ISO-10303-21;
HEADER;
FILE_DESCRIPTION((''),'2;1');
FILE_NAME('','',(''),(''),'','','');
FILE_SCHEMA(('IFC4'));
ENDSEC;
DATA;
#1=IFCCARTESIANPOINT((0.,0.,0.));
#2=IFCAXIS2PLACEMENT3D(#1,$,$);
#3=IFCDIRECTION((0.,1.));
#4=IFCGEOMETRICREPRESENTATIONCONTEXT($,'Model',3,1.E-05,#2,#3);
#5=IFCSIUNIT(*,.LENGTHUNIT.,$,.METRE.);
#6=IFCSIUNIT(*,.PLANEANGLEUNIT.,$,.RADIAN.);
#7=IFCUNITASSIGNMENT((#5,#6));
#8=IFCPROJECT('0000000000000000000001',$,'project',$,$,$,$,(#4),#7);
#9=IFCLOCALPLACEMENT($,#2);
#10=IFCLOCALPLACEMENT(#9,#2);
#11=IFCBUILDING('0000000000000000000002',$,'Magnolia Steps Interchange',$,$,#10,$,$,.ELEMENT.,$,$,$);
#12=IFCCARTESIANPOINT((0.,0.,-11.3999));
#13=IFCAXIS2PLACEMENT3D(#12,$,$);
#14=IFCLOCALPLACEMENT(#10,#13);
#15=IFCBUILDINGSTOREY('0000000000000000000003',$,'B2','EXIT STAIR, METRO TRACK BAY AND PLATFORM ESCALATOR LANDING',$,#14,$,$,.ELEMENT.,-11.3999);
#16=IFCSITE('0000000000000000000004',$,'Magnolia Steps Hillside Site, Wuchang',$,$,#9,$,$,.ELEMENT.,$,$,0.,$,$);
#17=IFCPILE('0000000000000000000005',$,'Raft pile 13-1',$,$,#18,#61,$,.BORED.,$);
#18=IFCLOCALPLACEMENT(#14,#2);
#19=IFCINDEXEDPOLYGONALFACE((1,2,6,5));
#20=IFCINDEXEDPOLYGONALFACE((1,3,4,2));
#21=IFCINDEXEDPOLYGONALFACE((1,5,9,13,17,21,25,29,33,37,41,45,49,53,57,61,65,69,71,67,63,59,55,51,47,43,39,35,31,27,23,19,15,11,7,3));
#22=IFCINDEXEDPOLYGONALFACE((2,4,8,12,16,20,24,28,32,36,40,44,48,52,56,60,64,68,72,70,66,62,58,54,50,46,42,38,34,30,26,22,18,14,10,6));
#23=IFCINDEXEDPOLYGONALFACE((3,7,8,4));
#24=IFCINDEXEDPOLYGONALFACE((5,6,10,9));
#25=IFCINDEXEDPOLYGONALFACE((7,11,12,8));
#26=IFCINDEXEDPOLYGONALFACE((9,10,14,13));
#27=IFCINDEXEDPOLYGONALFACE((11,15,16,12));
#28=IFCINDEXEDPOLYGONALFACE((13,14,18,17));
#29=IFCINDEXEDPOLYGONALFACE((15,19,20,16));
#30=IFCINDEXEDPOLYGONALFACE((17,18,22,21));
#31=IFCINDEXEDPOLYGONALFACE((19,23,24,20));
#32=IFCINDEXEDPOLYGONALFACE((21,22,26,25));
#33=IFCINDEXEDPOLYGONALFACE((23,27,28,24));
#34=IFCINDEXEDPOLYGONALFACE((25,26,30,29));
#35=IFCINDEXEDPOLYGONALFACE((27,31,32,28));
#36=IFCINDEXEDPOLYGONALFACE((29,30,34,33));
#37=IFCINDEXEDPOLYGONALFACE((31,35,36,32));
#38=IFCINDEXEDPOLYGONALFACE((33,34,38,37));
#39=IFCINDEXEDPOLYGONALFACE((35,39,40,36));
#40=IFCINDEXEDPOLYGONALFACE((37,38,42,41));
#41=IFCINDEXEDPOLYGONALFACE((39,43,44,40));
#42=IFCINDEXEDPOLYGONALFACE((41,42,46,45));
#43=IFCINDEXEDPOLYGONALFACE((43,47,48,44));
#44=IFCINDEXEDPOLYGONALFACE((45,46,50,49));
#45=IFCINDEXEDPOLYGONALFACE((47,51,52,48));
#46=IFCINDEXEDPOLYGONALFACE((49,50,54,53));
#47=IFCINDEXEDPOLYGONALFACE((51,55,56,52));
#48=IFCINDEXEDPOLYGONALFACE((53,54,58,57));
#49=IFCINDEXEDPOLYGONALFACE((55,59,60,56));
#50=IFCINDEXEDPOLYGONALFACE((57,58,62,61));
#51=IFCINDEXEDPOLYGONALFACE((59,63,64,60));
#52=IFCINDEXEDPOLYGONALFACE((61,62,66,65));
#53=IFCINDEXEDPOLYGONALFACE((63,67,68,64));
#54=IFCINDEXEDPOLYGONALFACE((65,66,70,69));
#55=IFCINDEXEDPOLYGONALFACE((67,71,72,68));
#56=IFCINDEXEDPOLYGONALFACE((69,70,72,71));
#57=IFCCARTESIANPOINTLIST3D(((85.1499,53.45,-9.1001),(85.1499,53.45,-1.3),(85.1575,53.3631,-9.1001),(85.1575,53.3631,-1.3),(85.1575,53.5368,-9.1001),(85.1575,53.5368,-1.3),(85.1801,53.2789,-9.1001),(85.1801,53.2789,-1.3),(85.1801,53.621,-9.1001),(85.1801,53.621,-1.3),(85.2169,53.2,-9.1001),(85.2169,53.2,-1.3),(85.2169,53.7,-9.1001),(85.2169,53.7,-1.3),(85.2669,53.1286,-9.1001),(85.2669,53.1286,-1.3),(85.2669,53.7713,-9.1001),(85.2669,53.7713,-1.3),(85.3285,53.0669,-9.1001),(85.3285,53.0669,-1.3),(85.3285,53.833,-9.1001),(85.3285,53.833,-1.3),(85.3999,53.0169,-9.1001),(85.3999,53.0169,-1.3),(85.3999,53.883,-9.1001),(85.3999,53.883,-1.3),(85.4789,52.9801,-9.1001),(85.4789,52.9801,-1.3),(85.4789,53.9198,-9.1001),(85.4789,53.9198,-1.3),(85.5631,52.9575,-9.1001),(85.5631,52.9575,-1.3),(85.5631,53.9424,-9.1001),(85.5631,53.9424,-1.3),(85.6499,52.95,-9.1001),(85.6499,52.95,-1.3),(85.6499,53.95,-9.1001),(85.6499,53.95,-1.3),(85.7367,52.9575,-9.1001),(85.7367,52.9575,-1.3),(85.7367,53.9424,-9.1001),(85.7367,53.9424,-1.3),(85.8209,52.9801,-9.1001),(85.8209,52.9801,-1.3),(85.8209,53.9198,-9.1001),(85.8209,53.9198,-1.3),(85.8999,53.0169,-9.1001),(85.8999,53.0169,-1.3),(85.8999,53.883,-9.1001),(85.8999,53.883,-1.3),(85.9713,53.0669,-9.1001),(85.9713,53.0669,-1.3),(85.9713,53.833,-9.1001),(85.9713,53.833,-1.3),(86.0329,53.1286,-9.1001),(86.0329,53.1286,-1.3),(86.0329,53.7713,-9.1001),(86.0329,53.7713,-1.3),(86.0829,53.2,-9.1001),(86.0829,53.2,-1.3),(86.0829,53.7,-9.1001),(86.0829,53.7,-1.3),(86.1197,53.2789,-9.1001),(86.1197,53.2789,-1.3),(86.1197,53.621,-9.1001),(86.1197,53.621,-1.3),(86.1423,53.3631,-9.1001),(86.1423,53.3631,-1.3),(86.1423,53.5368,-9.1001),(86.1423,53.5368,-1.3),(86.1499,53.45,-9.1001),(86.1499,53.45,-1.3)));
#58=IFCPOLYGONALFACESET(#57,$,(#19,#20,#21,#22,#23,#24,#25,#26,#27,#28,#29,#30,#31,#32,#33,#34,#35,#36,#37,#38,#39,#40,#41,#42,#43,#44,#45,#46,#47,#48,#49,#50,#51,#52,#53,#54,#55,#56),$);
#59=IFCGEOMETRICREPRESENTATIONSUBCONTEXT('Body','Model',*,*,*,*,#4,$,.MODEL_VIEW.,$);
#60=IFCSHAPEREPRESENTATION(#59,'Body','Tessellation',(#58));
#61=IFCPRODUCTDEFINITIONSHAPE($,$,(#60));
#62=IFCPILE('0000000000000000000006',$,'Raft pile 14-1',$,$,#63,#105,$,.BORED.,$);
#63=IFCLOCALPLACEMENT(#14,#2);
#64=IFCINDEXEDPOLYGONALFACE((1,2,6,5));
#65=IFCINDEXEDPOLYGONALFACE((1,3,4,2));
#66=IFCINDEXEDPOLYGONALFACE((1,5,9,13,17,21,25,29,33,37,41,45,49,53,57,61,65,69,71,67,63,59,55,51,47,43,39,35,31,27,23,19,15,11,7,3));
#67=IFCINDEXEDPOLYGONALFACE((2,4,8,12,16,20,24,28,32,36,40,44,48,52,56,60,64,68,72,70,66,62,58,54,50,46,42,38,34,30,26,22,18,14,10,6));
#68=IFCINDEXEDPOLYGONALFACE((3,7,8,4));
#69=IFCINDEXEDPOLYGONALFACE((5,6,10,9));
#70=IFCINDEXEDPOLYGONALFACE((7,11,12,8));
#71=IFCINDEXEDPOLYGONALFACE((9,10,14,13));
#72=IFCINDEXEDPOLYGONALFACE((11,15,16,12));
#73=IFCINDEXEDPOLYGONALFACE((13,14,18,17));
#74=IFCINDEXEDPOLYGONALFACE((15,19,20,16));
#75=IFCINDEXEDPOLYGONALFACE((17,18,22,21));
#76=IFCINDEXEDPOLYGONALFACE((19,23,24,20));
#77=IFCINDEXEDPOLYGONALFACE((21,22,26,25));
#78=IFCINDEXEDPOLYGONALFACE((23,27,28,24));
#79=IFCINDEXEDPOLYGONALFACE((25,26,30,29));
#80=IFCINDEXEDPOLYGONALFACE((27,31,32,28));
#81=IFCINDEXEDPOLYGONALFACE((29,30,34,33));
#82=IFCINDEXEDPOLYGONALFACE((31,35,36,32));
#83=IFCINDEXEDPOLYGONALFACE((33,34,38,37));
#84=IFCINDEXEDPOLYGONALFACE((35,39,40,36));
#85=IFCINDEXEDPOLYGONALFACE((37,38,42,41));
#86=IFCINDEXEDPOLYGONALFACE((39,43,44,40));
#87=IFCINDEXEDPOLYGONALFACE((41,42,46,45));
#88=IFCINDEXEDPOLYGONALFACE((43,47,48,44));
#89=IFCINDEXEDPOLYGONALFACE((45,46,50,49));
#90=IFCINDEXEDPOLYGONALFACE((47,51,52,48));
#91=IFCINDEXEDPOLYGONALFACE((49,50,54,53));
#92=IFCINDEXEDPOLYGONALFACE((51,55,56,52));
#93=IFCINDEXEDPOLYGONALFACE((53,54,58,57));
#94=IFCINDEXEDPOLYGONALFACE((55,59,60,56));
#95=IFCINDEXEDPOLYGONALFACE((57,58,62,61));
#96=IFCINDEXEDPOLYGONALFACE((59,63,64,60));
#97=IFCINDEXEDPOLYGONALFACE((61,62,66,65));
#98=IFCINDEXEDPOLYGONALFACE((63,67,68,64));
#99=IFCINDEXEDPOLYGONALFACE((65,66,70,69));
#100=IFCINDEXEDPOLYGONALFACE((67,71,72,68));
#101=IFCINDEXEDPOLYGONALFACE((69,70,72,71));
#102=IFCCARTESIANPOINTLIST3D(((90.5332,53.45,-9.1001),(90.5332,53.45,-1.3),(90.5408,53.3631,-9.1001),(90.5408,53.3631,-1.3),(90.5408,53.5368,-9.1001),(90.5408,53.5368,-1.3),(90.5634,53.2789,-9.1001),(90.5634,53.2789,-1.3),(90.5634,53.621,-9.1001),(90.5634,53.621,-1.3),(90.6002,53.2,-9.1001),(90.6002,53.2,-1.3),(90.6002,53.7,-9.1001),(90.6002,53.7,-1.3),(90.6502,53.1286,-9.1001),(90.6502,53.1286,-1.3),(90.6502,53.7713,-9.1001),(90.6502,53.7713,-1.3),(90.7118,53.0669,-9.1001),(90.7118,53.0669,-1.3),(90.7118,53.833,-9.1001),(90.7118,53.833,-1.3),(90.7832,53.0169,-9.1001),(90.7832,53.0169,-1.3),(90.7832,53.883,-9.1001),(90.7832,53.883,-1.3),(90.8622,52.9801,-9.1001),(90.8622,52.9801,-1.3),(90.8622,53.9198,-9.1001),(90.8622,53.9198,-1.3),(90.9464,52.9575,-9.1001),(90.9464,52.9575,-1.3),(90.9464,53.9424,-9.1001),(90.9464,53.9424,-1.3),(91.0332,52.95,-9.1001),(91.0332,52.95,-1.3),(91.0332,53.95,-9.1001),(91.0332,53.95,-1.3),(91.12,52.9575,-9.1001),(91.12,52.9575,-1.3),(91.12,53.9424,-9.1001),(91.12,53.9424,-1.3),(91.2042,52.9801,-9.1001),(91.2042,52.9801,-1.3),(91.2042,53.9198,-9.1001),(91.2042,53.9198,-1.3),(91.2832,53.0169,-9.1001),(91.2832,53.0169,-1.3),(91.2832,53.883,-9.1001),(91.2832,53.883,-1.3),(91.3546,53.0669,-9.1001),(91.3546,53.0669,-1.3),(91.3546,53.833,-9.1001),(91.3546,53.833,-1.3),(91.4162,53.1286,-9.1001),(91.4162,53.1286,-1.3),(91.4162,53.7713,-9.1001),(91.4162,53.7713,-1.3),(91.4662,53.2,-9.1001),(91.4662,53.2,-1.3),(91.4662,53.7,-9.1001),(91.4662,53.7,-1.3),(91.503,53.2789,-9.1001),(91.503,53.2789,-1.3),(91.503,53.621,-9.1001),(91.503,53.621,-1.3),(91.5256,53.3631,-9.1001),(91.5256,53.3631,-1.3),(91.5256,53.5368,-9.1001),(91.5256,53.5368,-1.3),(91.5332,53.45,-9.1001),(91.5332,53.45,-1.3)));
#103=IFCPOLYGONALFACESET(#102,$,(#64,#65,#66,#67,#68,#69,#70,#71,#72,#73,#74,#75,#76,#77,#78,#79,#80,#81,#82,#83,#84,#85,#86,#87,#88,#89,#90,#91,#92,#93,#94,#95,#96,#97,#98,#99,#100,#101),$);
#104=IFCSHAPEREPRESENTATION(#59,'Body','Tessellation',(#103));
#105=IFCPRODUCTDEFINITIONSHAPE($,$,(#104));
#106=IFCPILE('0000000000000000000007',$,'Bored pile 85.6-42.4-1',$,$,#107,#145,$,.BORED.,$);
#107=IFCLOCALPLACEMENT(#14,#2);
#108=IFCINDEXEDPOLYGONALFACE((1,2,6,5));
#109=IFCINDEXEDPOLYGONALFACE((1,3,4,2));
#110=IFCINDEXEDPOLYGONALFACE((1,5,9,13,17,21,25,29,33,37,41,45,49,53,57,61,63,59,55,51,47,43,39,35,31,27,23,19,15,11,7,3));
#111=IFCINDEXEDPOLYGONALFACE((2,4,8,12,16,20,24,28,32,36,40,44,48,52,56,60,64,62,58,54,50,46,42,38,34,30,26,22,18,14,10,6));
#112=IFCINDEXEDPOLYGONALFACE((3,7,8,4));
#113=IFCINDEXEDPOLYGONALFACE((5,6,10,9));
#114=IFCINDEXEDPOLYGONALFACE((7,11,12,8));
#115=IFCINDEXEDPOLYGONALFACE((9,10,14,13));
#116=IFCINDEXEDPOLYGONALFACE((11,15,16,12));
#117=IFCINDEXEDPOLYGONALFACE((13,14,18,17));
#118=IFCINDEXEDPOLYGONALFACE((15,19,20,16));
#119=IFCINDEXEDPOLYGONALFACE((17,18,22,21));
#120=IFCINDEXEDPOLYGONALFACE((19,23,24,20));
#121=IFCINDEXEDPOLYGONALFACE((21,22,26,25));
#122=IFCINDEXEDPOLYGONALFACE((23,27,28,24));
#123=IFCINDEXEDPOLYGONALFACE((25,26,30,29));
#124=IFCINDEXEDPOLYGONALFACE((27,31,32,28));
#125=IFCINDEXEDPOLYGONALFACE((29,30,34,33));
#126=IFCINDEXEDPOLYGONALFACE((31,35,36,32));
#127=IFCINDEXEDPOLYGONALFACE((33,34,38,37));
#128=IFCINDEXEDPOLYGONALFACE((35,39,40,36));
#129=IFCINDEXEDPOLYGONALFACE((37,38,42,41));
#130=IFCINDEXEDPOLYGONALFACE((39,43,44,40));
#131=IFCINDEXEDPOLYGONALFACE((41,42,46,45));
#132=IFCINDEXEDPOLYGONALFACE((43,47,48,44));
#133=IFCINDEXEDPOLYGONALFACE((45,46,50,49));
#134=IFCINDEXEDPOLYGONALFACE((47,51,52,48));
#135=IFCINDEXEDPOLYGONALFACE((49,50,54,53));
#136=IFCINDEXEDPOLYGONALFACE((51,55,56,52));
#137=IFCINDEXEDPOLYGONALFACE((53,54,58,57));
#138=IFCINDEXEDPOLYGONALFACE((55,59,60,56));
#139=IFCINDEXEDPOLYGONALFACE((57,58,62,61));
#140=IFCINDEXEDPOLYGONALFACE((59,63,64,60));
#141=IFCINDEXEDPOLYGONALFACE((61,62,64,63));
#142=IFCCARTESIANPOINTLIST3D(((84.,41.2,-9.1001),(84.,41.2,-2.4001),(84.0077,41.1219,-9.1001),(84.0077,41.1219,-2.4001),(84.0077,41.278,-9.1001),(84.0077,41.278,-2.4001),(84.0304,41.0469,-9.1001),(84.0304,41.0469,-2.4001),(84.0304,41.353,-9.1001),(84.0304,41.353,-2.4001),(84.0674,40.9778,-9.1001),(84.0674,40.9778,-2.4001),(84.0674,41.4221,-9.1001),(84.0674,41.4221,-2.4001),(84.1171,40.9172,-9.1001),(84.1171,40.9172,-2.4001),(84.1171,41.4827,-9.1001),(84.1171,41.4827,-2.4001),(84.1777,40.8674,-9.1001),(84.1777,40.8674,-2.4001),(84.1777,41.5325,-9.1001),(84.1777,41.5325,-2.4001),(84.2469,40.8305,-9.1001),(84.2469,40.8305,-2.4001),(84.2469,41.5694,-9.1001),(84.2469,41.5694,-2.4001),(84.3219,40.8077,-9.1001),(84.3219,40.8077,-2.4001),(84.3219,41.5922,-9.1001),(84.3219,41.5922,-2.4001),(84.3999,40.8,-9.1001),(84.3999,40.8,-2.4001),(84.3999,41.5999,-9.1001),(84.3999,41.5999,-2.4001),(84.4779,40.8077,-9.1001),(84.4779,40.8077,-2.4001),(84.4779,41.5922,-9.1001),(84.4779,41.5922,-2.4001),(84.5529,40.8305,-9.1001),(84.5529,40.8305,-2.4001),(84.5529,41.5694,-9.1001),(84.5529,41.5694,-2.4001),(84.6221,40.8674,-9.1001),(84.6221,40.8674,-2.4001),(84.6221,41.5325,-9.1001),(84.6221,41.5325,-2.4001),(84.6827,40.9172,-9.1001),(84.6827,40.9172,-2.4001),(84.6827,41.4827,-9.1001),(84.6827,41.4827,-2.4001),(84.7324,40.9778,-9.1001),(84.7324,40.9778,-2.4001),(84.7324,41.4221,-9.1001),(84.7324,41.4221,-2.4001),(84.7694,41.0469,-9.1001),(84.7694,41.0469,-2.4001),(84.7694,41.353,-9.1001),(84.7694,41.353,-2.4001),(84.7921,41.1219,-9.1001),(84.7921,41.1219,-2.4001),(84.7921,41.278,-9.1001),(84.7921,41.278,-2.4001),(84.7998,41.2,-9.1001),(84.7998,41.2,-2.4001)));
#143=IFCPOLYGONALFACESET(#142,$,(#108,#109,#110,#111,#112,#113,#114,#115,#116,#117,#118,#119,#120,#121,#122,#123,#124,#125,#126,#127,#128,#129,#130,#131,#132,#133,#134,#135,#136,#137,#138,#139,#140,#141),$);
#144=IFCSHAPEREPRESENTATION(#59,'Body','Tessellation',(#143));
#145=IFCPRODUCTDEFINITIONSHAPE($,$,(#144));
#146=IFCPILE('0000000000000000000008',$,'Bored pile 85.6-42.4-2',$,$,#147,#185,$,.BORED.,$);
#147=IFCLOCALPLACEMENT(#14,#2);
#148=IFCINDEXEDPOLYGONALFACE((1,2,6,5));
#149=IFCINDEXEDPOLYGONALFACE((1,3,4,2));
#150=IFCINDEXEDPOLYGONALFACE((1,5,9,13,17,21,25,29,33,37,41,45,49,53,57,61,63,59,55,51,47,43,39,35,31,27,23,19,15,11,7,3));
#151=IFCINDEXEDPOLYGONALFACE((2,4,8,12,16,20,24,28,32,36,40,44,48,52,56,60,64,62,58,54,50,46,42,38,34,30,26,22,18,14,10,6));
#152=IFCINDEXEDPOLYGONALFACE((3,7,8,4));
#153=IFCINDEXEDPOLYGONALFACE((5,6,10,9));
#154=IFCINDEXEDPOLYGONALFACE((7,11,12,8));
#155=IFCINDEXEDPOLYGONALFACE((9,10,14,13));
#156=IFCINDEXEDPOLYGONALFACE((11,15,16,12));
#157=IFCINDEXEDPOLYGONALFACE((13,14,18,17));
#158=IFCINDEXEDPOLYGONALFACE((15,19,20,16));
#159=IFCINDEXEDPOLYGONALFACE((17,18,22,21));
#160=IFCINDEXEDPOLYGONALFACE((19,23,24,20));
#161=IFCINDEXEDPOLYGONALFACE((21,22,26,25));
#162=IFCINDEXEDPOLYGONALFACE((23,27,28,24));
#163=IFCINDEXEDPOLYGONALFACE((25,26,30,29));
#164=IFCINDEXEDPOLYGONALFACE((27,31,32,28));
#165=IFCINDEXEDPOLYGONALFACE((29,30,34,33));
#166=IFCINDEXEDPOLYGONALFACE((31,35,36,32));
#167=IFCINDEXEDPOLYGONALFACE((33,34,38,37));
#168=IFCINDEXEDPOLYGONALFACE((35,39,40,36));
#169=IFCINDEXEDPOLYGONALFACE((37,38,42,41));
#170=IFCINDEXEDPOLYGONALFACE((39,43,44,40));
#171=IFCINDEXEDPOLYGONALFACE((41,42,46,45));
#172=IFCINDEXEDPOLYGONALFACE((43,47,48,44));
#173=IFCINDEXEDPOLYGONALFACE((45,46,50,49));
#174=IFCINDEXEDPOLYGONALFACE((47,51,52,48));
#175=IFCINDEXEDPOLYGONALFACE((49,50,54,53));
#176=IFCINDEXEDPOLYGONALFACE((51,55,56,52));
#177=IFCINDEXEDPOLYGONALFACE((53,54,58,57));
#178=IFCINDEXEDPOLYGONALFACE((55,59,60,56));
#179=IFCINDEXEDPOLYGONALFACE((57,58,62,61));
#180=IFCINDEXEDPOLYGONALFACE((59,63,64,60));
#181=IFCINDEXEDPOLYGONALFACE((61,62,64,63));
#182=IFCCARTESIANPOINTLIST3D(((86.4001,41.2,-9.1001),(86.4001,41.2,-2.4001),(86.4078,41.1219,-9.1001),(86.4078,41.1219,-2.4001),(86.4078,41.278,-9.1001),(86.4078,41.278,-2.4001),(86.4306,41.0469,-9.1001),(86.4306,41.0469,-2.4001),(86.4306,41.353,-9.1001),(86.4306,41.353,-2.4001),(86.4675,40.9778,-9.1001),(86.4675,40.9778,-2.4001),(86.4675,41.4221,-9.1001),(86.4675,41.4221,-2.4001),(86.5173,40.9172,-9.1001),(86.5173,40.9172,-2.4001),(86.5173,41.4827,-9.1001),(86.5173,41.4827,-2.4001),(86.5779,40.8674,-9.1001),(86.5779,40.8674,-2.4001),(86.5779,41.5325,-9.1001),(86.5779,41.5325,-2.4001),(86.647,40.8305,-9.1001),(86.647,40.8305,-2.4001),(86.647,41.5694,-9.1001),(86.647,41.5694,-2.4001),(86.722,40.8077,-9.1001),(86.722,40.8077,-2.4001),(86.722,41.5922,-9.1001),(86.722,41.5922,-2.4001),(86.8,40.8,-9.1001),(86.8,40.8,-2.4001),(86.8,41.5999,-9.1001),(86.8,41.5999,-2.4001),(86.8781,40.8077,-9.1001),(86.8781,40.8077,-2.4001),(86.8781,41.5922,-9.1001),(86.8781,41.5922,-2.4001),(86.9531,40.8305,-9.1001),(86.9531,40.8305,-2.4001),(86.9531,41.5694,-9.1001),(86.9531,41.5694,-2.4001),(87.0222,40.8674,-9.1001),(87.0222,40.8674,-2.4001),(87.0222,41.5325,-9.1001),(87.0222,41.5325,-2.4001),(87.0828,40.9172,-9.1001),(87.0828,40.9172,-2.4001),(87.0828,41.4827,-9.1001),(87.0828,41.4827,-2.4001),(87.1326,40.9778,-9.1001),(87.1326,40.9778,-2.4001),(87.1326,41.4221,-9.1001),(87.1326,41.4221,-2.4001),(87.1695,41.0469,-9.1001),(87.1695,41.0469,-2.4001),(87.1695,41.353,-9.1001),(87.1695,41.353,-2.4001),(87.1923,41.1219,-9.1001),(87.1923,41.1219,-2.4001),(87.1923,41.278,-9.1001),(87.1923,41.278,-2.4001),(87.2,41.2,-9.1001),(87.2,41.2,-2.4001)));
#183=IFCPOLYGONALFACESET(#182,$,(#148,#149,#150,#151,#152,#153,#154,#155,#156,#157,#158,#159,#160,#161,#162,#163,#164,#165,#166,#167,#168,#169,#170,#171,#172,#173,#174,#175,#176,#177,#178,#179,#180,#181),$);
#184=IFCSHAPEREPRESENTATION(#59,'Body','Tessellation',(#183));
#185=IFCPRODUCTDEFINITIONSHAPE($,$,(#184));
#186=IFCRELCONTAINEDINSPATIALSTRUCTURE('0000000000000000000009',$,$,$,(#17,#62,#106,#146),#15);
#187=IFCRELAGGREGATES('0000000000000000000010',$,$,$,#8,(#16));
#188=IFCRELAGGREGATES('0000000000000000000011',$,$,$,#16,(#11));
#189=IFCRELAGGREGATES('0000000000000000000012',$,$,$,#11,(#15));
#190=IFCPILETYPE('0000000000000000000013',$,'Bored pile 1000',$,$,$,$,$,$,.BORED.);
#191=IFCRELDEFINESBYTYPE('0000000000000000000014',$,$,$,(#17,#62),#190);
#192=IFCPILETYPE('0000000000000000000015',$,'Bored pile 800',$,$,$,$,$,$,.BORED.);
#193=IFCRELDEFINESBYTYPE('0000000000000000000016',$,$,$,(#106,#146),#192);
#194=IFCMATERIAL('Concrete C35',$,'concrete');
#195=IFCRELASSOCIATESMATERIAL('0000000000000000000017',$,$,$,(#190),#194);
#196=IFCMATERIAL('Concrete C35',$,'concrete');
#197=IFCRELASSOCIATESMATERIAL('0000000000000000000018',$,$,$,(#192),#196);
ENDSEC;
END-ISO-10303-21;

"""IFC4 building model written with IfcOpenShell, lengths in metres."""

from ifc_helpers import new_model, si_unit, direction, frame, origin, origin_2d, place, context, subcontext, project, spatial, circle, extrude, material, material_profile, profile_set, type_object, element, save


model = new_model("IFC4")

# Units and contexts
model_context = context("Model", 3, precision=1e-05, world=origin(), true_north=direction((0.0, 1.0)))
body_context = subcontext(model_context, "Body", "Model", "MODEL_VIEW")
ifc_project = project(units=[si_unit("LENGTHUNIT", "METRE"), si_unit("PLANEANGLEUNIT", "RADIAN")], contexts=[model_context])

# Site, building, storey
site_placement = place(None, origin())
site = spatial("IfcSite", under=ifc_project, at=site_placement, Name="Magnolia Steps Hillside Site, Wuchang", CompositionType="ELEMENT", RefElevation=0.0)
building_placement = place(site_placement, origin())
building = spatial("IfcBuilding", under=site, at=building_placement, Name="Magnolia Steps Interchange", CompositionType="ELEMENT")
storey_placement = place(building_placement, frame((0.0, 0.0, -11.3999)))
storey = spatial("IfcBuildingStorey", under=building, at=storey_placement, Name="B2", Description="EXIT STAIR, METRO TRACK BAY AND PLATFORM ESCALATOR LANDING", CompositionType="ELEMENT", Elevation=-11.3999)

# Piles
ifc_material_1 = material(Name="Concrete C35", Category="concrete")
ifc_material_profile_1 = material_profile(ifc_material_1, circle(Radius=0.5, at=origin_2d()), Name="Bored pile 1000")
ifc_profile_set_1 = profile_set([ifc_material_profile_1], Name="Concrete C35")
pile_type_1 = type_object("IfcPileType", Name="Bored pile 1000", PredefinedType="BORED", material=ifc_profile_set_1)
for number, where, z_axis, x_axis, name in (
    (1, (85.6499, 53.45, -1.3), (0.0, 0.0, -1.0), (1.0, 0.0, 0.0), "Raft pile 13-1"),
    (2, (91.0332, 53.45, -1.3), (0.0, 0.0, -1.0), (1.0, 0.0, 0.0), "Raft pile 14-1"),
):
    element("IfcPile", number, at=place(storey_placement, frame(where, z_axis=z_axis, x_axis=x_axis)), inside=storey, type_object=pile_type_1, Name=name, PredefinedType="BORED", context=body_context, shape_type="SweptSolid", body=[
        extrude(circle(Radius=0.5, at=origin_2d()), origin(), (0.0, 0.0, 1.0), 7.8),
    ])
ifc_material_2 = material(Name="Concrete C35", Category="concrete")
ifc_material_profile_2 = material_profile(ifc_material_2, circle(Radius=0.3999, at=origin_2d()), Name="Bored pile 800")
ifc_profile_set_2 = profile_set([ifc_material_profile_2], Name="Concrete C35")
pile_type_2 = type_object("IfcPileType", Name="Bored pile 800", PredefinedType="BORED", material=ifc_profile_set_2)
for number, where, z_axis, x_axis, name in (
    (3, (84.3999, 41.2, -2.4001), (0.0, 0.0, -1.0), (1.0, 0.0, 0.0), "Bored pile 85.6-42.4-1"),
    (4, (86.8, 41.2, -2.4001), (0.0, 0.0, -1.0), (1.0, 0.0, 0.0), "Bored pile 85.6-42.4-2"),
):
    element("IfcPile", number, at=place(storey_placement, frame(where, z_axis=z_axis, x_axis=x_axis)), inside=storey, type_object=pile_type_2, Name=name, PredefinedType="BORED", context=body_context, shape_type="SweptSolid", body=[
        extrude(circle(Radius=0.3999, at=origin_2d()), origin(), (0.0, 0.0, 1.0), 6.7),
    ])

save(model, "model.ifc")
